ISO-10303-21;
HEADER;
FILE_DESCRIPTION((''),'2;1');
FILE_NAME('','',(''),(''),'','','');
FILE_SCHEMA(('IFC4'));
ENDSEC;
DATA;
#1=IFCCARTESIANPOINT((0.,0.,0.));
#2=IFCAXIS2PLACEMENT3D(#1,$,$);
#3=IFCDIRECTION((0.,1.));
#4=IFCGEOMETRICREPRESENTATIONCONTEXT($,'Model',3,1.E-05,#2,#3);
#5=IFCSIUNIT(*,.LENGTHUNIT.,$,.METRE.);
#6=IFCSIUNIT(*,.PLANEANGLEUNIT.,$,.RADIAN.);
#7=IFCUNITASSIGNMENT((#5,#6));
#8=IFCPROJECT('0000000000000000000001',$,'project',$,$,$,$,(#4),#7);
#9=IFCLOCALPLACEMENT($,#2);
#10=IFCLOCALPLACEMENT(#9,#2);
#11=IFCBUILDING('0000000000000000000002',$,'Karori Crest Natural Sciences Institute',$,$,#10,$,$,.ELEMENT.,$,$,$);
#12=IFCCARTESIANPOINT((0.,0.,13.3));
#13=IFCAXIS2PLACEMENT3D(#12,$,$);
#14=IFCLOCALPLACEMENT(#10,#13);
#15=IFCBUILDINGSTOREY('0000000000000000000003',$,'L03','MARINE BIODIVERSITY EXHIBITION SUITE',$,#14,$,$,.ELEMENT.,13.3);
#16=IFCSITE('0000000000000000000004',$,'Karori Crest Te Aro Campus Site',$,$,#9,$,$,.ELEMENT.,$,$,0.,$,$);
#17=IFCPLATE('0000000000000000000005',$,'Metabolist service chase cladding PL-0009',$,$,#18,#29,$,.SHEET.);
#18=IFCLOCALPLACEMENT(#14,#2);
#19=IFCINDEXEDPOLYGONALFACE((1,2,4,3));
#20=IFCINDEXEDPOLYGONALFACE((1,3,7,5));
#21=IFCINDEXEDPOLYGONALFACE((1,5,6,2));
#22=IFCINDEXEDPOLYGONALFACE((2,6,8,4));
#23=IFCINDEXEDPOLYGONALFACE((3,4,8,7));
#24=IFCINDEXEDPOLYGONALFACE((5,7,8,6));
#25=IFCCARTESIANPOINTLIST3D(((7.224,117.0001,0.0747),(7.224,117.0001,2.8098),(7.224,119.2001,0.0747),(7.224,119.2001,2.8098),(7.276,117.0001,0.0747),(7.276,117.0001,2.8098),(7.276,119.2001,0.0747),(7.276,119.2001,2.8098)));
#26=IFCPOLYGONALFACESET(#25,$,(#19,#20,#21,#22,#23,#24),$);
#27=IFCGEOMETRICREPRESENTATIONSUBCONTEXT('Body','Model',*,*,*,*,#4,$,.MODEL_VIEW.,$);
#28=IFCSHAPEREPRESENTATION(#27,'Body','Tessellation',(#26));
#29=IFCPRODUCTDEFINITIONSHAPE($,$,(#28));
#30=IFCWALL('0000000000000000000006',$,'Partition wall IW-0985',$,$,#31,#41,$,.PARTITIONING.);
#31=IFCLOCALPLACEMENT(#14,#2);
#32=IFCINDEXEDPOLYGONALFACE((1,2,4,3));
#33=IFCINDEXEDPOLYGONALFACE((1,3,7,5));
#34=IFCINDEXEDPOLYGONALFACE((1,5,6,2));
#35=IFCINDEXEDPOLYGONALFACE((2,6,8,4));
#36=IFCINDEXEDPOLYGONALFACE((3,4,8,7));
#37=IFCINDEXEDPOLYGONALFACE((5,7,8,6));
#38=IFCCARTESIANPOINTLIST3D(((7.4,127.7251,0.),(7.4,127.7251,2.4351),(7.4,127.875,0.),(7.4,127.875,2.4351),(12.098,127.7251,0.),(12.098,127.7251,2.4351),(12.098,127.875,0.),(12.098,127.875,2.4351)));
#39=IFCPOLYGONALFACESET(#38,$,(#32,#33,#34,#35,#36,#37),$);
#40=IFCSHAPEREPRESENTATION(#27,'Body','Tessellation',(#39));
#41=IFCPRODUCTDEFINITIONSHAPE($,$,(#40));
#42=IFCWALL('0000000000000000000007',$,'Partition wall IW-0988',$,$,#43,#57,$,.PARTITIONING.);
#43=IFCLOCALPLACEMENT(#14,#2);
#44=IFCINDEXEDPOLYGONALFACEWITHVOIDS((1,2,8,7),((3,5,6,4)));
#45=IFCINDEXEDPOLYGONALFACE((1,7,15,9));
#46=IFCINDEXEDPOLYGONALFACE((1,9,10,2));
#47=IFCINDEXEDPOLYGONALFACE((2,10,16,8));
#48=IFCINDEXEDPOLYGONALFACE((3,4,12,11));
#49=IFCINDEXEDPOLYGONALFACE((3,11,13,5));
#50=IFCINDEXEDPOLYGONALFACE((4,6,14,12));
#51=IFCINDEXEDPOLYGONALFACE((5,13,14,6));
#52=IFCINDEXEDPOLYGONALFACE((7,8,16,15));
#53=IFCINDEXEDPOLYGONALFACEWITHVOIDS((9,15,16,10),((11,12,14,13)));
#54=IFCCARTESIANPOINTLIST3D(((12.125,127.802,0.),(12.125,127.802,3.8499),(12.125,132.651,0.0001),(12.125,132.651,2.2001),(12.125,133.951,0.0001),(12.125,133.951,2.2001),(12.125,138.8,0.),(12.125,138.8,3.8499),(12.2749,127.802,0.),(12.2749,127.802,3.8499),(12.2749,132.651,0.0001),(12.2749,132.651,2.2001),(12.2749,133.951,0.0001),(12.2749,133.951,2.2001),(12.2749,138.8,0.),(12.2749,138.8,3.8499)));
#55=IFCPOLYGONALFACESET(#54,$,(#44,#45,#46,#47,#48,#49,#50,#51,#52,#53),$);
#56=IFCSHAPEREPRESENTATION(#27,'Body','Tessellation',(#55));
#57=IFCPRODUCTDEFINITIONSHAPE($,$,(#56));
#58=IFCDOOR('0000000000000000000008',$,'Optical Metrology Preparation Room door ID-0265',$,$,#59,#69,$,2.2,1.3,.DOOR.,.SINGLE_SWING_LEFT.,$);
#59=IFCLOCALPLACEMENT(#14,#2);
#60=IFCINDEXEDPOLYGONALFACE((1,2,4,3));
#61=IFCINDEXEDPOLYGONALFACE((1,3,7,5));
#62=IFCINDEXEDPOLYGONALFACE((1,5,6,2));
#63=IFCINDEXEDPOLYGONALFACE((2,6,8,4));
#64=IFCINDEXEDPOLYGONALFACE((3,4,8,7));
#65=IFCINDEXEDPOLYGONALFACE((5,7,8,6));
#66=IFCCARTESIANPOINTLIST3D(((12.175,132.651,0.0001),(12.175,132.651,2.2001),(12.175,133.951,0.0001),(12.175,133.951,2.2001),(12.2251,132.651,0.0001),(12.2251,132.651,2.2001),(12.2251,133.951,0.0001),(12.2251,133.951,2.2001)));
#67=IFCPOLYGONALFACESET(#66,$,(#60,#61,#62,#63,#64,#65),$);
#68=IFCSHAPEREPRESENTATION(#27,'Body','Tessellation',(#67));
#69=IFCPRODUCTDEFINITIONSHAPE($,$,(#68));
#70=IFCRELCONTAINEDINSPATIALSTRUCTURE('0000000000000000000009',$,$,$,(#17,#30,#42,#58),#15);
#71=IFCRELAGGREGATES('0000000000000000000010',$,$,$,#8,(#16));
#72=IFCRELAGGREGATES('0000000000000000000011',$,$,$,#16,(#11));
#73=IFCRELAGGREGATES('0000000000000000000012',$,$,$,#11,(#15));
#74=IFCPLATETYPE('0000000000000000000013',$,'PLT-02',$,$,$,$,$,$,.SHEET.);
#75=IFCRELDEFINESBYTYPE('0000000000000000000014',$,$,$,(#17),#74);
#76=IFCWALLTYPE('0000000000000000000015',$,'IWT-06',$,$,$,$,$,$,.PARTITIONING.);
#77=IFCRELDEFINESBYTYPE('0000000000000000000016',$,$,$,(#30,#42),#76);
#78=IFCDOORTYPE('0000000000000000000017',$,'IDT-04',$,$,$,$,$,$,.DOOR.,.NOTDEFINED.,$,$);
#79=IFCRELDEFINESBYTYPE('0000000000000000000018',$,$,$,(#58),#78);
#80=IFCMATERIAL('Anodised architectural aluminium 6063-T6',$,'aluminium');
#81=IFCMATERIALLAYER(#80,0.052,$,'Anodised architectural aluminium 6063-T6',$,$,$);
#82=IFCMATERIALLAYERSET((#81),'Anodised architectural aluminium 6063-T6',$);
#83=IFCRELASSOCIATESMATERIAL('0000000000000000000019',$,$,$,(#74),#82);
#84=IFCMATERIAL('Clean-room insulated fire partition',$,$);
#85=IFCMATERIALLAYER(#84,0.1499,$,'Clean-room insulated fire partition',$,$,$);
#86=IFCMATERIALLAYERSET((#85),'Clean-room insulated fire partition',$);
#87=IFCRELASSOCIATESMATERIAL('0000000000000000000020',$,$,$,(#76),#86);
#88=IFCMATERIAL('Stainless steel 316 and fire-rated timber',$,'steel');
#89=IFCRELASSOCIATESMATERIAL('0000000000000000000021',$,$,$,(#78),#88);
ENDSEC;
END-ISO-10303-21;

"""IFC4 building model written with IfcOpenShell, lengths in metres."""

from ifc_helpers import new_model, si_unit, direction, frame, frame_2d, origin, origin_2d, place, context, subcontext, project, spatial, rectangle, extrude, material, layer, layer_set, type_object, element, fill, save


model = new_model("IFC4")

# Units and contexts
model_context = context("Model", 3, precision=1e-05, world=origin(), true_north=direction((0.0, 1.0)))
body_context = subcontext(model_context, "Body", "Model", "MODEL_VIEW")
ifc_project = project(units=[si_unit("LENGTHUNIT", "METRE"), si_unit("PLANEANGLEUNIT", "RADIAN")], contexts=[model_context])

# Site, building, storey
site_placement = place(None, origin())
site = spatial("IfcSite", under=ifc_project, at=site_placement, Name="Karori Crest Te Aro Campus Site", CompositionType="ELEMENT", RefElevation=0.0)
building_placement = place(site_placement, origin())
building = spatial("IfcBuilding", under=site, at=building_placement, Name="Karori Crest Natural Sciences Institute", CompositionType="ELEMENT")
storey_placement = place(building_placement, frame((0.0, 0.0, 13.3)))
storey = spatial("IfcBuildingStorey", under=building, at=storey_placement, Name="L03", Description="MARINE BIODIVERSITY EXHIBITION SUITE", CompositionType="ELEMENT", Elevation=13.3)

# Plate
ifc_material_1 = material(Name="Anodised architectural aluminium 6063-T6", Category="aluminium")
ifc_layer_1 = layer(ifc_material_1, 0.052, Name="Anodised architectural aluminium 6063-T6")
ifc_layer_set_1 = layer_set([ifc_layer_1], Name="Anodised architectural aluminium 6063-T6")
plate_type = type_object("IfcPlateType", Name="PLT-02", PredefinedType="SHEET", material=ifc_layer_set_1)
plate_placement = place(storey_placement, frame((7.25, 118.1001, 0.0747), z_axis=(0.0, 0.0, 1.0), x_axis=(1.0, 0.0, 0.0)))
element("IfcPlate", 1, at=plate_placement, inside=storey, type_object=plate_type, Name="Metabolist service chase cladding PL-0009", PredefinedType="SHEET", context=body_context, shape_type="SweptSolid", body=[
    extrude(rectangle(XDim=0.052, YDim=2.2, at=origin_2d()), origin(), (0.0, 0.0, 1.0), 2.7351),
])

# Wall
ifc_material_2 = material(Name="Clean-room insulated fire partition")
ifc_layer_2 = layer(ifc_material_2, 0.1499, Name="Clean-room insulated fire partition")
ifc_layer_set_2 = layer_set([ifc_layer_2], Name="Clean-room insulated fire partition")
wall_type = type_object("IfcWallType", Name="IWT-06", PredefinedType="PARTITIONING", material=ifc_layer_set_2)
wall_1_placement = place(storey_placement, frame((7.3999, 127.8, 0.0), z_axis=(0.0, 0.0, 1.0), x_axis=(1.0, 0.0, 0.0)))
element("IfcWall", 2, at=wall_1_placement, inside=storey, type_object=wall_type, Name="Partition wall IW-0985", PredefinedType="PARTITIONING", context=body_context, shape_type="SweptSolid", body=[
    extrude(rectangle(XDim=4.698, YDim=0.1499, at=frame_2d((2.3491, 0.0))), origin(), (0.0, 0.0, 1.0), 2.4351),
])

# Wall, opening, door
wall_2_placement = place(storey_placement, frame((12.2, 127.802, 0.0), z_axis=(0.0, 0.0, 1.0), x_axis=(0.0, 1.0, 0.0)))
wall_2 = element("IfcWall", 3, at=wall_2_placement, inside=storey, type_object=wall_type, Name="Partition wall IW-0988", PredefinedType="PARTITIONING", context=body_context, shape_type="SweptSolid", body=[
    extrude(rectangle(XDim=10.998, YDim=0.1499, at=frame_2d((5.499, 0.0))), origin(), (0.0, 0.0, 1.0), 3.8499),
])
opening_placement = place(wall_2_placement, frame((4.8491, 0.0, 0.0)))
opening = element("IfcOpeningElement", 4, at=opening_placement, cuts=wall_2, PredefinedType="OPENING", context=body_context, shape_type="SweptSolid", body=[
    extrude(rectangle(XDim=1.3, YDim=2.2, at=frame_2d((0.6499, 1.1001))), frame((0.0, 0.085, 0.0), z_axis=(0.0, -1.0, 0.0), x_axis=(1.0, 0.0, 0.0)), (0.0, 0.0, 1.0), 0.1699),
])
ifc_material_3 = material(Name="Stainless steel 316 and fire-rated timber", Category="steel")
door_type = type_object("IfcDoorType", Name="IDT-04", OperationType="NOTDEFINED", PredefinedType="DOOR", material=ifc_material_3)
door_placement = place(opening_placement, origin())
door = element("IfcDoor", 5, at=door_placement, inside=storey, type_object=door_type, Name="Optical Metrology Preparation Room door ID-0265", OperationType="SINGLE_SWING_LEFT", OverallHeight=2.2, OverallWidth=1.3, PredefinedType="DOOR", context=body_context, shape_type="SweptSolid", body=[
    extrude(rectangle(XDim=1.3, YDim=2.2, at=frame_2d((0.6499, 1.1001))), frame((0.0, 0.0249, 0.0), z_axis=(0.0, -1.0, 0.0), x_axis=(1.0, 0.0, 0.0)), (0.0, 0.0, 1.0), 0.05),
])
fill(opening, door)

save(model, "model.ifc")
